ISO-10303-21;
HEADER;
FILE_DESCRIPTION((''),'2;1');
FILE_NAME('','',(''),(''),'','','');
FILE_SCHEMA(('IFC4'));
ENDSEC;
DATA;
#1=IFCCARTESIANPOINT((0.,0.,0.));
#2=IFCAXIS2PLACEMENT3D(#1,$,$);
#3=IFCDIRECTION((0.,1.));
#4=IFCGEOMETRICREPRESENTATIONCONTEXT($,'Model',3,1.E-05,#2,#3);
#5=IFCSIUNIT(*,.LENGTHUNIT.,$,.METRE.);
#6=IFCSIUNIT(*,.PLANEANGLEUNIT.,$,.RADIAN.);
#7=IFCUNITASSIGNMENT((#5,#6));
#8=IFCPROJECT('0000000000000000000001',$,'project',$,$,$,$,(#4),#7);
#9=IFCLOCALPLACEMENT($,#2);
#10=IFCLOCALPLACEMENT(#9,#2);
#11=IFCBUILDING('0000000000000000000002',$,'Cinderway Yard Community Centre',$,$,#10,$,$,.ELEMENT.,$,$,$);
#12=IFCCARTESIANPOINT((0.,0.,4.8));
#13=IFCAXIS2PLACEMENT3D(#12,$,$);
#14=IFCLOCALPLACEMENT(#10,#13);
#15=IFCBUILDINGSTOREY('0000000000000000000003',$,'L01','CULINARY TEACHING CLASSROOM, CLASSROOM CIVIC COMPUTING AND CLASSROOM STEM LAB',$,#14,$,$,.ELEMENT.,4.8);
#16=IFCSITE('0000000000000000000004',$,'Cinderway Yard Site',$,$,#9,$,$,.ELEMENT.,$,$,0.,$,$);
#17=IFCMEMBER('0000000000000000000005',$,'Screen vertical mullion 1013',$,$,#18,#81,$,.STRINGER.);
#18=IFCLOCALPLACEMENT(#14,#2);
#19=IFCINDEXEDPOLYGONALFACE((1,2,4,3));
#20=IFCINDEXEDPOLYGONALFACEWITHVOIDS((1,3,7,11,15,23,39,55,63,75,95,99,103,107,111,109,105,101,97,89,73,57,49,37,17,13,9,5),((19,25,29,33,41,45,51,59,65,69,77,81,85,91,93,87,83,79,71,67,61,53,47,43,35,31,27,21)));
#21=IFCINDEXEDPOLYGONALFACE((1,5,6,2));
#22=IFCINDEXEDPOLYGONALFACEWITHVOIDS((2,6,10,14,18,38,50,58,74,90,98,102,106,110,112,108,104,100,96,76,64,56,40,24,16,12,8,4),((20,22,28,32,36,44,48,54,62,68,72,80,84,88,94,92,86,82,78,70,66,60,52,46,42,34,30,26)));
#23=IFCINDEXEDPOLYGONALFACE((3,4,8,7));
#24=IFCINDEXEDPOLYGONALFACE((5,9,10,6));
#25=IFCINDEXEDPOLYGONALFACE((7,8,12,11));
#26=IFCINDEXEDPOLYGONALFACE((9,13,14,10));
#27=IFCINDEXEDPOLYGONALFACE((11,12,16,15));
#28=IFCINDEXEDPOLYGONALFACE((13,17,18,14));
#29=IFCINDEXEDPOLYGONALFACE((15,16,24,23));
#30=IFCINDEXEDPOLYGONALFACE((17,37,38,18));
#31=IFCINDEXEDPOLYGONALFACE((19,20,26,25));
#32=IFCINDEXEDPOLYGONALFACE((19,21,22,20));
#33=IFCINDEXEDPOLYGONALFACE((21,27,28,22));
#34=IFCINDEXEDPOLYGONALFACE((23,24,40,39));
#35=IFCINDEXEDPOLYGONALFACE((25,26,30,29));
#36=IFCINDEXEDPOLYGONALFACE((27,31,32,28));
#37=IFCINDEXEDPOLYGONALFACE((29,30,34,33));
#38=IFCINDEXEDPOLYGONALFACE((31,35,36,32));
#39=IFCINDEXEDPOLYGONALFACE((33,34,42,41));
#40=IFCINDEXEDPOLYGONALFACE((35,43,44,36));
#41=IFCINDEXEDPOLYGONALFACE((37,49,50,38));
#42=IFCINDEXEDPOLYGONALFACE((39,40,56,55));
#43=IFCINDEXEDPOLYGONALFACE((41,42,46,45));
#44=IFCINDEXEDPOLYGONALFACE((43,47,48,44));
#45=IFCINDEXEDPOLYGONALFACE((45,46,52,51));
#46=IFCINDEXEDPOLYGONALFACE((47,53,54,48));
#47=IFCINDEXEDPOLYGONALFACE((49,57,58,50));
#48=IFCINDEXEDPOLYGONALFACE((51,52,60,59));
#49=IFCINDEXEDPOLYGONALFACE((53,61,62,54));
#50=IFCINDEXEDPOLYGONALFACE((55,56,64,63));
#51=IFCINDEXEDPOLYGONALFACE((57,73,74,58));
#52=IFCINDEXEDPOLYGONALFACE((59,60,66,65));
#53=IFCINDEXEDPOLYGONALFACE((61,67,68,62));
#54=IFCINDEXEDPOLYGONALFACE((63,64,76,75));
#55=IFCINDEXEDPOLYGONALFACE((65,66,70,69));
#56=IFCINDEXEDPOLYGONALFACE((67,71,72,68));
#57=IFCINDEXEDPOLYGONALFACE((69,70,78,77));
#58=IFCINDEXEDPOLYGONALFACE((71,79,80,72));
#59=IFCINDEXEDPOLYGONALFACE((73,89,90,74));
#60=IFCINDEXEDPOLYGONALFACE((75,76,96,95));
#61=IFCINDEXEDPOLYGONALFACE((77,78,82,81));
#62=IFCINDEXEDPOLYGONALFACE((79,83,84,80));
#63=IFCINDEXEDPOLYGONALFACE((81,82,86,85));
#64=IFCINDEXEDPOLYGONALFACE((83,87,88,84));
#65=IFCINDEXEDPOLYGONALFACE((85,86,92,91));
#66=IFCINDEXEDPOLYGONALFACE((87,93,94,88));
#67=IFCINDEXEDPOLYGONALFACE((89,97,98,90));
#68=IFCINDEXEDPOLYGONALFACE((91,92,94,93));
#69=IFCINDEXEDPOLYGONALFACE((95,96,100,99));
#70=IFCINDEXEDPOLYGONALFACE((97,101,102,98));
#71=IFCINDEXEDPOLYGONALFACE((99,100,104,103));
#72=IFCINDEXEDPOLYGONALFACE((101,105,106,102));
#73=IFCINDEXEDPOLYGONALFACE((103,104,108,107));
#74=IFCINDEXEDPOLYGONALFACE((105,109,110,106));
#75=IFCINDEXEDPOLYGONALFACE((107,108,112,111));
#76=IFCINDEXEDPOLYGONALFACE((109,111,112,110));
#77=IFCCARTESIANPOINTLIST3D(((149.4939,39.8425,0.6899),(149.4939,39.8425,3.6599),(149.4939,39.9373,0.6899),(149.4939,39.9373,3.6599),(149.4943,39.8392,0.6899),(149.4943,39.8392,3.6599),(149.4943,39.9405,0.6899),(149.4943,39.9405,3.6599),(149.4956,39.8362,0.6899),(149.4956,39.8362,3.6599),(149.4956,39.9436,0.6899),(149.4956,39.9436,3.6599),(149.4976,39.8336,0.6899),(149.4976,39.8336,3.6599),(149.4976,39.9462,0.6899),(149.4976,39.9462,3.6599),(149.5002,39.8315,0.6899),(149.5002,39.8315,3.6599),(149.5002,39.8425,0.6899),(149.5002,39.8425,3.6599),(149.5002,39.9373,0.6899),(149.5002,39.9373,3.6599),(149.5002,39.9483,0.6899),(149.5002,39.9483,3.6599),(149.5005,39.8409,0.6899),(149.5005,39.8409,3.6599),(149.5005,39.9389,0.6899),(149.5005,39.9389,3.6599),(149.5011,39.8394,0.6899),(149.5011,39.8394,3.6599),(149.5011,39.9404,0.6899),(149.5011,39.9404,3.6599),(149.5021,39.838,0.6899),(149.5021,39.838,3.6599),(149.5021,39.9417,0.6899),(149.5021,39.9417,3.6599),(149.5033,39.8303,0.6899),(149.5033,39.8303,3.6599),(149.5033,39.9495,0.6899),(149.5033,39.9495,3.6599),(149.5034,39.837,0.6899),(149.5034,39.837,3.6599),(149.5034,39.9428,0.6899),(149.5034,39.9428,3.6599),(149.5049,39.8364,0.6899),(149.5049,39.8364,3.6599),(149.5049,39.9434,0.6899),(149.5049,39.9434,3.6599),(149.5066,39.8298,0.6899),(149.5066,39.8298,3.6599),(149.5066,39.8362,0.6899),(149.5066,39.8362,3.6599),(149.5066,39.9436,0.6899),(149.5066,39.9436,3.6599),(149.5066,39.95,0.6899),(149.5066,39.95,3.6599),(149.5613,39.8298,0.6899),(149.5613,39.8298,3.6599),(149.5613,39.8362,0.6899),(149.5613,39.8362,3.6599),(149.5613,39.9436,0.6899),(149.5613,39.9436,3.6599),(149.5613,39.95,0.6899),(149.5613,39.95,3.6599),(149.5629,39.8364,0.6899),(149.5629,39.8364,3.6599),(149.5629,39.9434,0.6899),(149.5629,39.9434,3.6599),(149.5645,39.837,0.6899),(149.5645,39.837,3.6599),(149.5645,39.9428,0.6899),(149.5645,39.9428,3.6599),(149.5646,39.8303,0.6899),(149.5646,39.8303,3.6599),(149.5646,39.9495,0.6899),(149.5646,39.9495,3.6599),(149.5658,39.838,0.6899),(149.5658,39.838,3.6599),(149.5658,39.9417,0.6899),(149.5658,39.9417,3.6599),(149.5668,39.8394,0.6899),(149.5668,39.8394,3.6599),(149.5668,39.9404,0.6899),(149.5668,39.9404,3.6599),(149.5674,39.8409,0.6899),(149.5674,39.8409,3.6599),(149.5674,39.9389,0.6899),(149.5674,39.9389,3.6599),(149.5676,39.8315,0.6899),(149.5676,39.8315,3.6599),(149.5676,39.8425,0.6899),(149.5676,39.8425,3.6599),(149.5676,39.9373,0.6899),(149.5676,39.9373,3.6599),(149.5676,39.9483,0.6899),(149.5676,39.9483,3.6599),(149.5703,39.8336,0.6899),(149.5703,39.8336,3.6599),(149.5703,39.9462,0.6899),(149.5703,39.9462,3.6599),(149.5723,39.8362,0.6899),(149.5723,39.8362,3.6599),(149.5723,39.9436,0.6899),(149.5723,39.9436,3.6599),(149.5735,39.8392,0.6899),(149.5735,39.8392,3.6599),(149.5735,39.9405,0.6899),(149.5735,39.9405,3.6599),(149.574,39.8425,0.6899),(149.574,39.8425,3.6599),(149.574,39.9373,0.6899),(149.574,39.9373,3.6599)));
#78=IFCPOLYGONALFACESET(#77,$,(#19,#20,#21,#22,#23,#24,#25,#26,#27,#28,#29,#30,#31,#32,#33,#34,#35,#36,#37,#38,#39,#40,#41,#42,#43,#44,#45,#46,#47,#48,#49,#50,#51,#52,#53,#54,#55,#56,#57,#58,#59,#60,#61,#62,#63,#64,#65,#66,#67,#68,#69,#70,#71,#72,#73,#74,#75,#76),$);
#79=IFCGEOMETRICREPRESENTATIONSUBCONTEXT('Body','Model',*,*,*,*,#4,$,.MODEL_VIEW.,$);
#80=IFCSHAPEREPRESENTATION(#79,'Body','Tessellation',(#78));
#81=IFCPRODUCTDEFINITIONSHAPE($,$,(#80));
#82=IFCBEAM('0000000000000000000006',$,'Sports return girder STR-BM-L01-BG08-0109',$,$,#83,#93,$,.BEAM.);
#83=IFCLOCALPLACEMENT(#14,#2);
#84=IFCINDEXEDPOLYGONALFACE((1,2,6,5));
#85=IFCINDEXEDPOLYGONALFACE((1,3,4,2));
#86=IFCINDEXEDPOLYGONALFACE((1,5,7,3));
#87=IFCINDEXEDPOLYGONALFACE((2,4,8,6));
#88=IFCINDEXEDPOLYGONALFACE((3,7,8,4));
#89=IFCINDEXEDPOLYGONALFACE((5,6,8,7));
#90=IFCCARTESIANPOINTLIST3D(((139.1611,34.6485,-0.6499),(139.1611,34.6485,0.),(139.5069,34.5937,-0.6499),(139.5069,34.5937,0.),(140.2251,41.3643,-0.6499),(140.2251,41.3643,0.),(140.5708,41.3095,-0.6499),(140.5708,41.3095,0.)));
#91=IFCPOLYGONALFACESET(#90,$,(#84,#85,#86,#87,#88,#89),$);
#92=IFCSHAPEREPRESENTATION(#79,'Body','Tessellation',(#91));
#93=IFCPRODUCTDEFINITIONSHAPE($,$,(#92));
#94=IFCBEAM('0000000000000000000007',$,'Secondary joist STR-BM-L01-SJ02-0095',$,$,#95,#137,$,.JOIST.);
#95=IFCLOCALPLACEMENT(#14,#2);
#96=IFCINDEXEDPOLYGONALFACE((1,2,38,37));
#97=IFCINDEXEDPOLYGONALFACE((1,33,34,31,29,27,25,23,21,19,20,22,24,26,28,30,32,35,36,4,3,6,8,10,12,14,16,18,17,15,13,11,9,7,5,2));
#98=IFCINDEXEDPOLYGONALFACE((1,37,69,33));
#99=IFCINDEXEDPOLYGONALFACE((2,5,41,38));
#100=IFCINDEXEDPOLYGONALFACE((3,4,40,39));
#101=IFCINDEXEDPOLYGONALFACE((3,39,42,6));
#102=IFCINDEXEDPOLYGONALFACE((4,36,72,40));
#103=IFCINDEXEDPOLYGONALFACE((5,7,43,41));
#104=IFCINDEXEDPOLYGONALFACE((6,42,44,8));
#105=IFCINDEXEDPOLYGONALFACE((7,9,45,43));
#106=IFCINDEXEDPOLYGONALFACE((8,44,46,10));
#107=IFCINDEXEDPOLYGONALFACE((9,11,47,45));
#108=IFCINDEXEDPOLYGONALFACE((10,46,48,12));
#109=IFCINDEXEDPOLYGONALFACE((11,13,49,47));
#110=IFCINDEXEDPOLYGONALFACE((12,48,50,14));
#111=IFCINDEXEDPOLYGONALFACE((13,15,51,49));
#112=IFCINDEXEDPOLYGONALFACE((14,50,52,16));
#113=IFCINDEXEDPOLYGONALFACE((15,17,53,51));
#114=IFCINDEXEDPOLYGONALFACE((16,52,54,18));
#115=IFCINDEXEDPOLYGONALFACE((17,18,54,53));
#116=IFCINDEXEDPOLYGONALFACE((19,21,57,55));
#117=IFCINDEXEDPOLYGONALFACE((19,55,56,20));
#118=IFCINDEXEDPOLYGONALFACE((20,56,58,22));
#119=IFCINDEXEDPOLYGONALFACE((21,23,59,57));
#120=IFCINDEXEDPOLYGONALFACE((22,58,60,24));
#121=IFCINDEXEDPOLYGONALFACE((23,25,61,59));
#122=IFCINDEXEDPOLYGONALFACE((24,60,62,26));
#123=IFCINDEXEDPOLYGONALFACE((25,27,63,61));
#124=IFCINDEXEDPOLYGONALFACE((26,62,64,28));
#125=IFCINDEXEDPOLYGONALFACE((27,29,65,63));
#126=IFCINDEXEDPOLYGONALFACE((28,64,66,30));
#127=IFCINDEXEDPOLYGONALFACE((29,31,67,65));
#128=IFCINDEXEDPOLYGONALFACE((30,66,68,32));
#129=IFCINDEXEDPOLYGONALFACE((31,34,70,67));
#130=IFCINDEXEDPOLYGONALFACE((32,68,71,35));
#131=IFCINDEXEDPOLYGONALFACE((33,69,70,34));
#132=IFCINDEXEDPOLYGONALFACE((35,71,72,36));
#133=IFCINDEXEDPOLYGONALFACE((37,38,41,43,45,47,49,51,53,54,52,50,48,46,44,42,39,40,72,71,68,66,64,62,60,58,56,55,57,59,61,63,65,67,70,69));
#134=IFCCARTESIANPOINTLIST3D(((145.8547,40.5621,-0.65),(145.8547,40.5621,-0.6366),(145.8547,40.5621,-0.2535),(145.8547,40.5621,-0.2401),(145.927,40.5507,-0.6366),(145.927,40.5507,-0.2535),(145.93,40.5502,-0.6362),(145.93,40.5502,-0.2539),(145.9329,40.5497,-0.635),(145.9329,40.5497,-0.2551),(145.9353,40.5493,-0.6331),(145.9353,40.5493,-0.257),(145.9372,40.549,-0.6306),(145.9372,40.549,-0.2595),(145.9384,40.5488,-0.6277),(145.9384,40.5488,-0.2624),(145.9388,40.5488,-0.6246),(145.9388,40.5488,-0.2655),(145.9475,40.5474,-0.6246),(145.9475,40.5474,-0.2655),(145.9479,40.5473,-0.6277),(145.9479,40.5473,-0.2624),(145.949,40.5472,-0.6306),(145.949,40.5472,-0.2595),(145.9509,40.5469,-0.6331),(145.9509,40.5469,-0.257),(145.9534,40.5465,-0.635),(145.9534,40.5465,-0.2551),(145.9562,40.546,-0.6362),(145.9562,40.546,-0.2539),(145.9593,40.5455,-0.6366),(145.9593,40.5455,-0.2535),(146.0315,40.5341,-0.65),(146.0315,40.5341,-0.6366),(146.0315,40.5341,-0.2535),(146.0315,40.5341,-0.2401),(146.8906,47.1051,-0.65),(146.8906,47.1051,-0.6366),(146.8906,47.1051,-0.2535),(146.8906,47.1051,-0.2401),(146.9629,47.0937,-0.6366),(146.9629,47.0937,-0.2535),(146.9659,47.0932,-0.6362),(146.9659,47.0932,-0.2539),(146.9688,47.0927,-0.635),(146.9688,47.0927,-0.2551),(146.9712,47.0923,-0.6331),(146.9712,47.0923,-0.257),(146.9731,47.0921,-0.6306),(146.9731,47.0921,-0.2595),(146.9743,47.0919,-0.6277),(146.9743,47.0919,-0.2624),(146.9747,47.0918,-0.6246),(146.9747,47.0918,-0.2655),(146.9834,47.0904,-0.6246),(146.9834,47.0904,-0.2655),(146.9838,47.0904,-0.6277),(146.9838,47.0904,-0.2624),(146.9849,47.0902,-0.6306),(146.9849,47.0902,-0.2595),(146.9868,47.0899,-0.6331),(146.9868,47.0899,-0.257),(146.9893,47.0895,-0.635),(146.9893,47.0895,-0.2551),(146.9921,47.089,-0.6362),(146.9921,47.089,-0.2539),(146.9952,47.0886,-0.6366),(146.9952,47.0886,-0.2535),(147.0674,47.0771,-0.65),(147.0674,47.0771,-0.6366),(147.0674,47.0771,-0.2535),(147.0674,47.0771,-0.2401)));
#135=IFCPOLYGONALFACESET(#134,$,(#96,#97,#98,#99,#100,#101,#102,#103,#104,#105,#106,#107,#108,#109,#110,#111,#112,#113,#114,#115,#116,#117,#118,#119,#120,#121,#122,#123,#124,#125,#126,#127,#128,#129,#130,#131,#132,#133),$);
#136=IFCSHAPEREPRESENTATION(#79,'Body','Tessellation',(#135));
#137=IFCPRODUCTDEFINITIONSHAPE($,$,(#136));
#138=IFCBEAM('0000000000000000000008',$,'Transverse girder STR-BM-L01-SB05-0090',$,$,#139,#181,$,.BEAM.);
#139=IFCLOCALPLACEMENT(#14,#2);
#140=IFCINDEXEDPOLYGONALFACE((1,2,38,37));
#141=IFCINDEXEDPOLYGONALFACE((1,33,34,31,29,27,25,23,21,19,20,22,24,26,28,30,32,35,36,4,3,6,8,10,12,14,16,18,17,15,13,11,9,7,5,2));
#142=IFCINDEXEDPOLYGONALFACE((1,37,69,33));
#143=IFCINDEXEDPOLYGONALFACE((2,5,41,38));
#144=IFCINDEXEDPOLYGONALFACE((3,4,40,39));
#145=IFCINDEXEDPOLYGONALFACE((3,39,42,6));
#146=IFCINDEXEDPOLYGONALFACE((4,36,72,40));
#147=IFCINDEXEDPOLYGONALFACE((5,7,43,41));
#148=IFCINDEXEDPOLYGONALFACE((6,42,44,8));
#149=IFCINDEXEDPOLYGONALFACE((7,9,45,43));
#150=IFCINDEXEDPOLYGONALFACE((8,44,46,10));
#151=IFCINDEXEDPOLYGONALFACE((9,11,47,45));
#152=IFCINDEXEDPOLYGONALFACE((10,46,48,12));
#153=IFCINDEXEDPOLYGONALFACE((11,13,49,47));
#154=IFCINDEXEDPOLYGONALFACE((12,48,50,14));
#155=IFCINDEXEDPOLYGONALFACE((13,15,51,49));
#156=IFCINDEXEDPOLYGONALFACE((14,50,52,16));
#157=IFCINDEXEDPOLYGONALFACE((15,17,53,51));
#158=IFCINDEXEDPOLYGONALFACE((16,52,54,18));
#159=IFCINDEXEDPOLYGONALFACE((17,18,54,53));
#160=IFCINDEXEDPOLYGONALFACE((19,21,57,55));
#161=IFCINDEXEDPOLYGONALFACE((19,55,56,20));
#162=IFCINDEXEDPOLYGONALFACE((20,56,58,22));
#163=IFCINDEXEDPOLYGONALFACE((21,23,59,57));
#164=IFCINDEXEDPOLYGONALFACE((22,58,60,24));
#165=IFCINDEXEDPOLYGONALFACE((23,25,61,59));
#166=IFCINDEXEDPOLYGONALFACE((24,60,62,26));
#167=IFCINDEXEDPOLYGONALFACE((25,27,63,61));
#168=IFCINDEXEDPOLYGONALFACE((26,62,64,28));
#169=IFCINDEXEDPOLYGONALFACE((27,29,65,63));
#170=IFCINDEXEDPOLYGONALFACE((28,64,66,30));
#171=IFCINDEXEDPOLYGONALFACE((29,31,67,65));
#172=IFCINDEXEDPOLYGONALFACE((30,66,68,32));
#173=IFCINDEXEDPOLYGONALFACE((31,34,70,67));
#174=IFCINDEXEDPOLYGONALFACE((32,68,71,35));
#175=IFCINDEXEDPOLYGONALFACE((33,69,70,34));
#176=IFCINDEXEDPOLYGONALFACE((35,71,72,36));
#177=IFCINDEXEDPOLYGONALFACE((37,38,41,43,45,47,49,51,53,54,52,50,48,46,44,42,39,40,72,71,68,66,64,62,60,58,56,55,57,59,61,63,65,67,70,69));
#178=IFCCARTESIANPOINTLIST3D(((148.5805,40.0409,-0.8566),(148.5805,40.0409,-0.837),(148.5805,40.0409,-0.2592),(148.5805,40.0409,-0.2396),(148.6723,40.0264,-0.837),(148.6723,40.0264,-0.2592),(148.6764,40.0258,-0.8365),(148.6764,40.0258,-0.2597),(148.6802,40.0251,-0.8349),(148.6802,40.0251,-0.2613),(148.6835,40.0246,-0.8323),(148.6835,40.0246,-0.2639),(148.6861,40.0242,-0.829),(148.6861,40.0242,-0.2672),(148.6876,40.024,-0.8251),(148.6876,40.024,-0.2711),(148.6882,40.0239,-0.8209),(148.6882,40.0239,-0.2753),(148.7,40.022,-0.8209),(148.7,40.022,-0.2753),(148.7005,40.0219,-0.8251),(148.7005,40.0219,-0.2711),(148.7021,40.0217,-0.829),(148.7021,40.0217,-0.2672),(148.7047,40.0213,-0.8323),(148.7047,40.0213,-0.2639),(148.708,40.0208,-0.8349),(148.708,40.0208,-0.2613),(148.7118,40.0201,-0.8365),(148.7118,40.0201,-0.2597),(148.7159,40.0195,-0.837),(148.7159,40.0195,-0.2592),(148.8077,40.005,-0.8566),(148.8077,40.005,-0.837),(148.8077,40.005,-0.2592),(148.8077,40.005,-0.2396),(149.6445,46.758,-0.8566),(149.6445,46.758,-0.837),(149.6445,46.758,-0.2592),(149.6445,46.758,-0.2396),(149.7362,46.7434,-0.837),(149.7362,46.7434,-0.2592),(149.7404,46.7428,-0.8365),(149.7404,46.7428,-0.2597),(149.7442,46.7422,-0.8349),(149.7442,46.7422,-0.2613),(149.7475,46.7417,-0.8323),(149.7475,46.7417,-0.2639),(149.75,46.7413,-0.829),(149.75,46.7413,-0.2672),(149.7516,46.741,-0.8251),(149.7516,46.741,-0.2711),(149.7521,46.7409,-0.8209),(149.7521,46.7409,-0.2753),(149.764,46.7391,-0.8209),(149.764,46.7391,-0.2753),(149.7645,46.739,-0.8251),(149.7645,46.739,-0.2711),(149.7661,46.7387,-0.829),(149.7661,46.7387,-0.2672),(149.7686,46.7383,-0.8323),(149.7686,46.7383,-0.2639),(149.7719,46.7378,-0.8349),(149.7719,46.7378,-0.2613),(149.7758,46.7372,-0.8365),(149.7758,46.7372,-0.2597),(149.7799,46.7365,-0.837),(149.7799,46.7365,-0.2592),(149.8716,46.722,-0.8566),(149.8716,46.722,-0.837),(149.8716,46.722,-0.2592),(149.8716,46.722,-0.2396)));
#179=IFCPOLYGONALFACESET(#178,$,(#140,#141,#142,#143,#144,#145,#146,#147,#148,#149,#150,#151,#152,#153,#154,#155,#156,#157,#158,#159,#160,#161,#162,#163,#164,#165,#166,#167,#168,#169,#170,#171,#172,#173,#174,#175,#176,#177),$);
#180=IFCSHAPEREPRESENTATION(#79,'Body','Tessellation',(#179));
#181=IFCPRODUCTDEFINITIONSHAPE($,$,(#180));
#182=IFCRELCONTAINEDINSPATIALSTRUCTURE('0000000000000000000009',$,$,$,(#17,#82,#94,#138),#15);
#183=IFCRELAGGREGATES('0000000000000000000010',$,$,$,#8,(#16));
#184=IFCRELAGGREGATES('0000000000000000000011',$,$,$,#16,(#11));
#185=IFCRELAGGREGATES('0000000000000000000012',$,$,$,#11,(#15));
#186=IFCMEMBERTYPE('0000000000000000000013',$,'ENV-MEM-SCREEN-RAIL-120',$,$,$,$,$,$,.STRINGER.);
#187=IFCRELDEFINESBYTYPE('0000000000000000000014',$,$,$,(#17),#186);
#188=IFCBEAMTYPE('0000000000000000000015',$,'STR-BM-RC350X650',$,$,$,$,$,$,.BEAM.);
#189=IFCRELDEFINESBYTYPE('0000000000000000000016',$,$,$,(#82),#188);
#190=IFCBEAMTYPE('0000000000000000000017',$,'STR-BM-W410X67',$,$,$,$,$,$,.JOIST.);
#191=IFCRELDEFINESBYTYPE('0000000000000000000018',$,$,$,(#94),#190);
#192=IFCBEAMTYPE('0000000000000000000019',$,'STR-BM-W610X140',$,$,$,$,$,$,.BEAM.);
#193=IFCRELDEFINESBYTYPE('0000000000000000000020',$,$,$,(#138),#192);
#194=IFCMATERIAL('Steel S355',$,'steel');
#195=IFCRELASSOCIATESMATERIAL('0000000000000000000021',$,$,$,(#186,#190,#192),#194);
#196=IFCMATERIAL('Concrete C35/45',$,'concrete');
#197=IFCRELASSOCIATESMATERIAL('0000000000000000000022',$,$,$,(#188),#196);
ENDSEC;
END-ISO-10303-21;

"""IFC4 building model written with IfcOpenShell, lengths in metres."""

from ifc_helpers import new_model, si_unit, direction, frame, origin, origin_2d, place, context, subcontext, project, spatial, rectangle, hollow_rectangle, i_section, extrude, material, material_profile, profile_set, type_object, element, save


model = new_model("IFC4")

# Units and contexts
model_context = context("Model", 3, precision=1e-05, world=origin(), true_north=direction((0.0, 1.0)))
body_context = subcontext(model_context, "Body", "Model", "MODEL_VIEW")
ifc_project = project(units=[si_unit("LENGTHUNIT", "METRE"), si_unit("PLANEANGLEUNIT", "RADIAN")], contexts=[model_context])

# Site, building, storey
site_placement = place(None, origin())
site = spatial("IfcSite", under=ifc_project, at=site_placement, Name="Cinderway Yard Site", CompositionType="ELEMENT", RefElevation=0.0)
building_placement = place(site_placement, origin())
building = spatial("IfcBuilding", under=site, at=building_placement, Name="Cinderway Yard Community Centre", CompositionType="ELEMENT")
storey_placement = place(building_placement, frame((0.0, 0.0, 4.8)))
storey = spatial("IfcBuildingStorey", under=building, at=storey_placement, Name="L01", Description="CULINARY TEACHING CLASSROOM, CLASSROOM CIVIC COMPUTING AND CLASSROOM STEM LAB", CompositionType="ELEMENT", Elevation=4.8)

# Member
ifc_material_1 = material(Name="Steel S355", Category="steel")
ifc_material_profile_1 = material_profile(ifc_material_1, hollow_rectangle(XDim=0.0801, YDim=0.1201, WallThickness=0.0063, InnerFilletRadius=0.0063, OuterFilletRadius=0.0127, at=origin_2d()), Name="Steel S355")
ifc_profile_set_1 = profile_set([ifc_material_profile_1], Name="Steel S355")
member_type_1 = type_object("IfcMemberType", Name="ENV-MEM-SCREEN-RAIL-120", PredefinedType="STRINGER", material=ifc_profile_set_1)
member_placement = place(storey_placement, frame((149.5339, 39.8899, 0.6899), z_axis=(0.0, 0.0, 1.0), x_axis=(1.0, 0.0, 0.0)))
element("IfcMember", 1, at=member_placement, inside=storey, type_object=member_type_1, Name="Screen vertical mullion 1013", PredefinedType="STRINGER", context=body_context, shape_type="SweptSolid", body=[
    extrude(hollow_rectangle(XDim=0.0801, YDim=0.1201, WallThickness=0.0063, InnerFilletRadius=0.0063, OuterFilletRadius=0.0127, at=origin_2d()), origin(), (0.0, 0.0, 1.0), 2.97),
])

# Beams
ifc_material_2 = material(Name="Concrete C35/45", Category="concrete")
ifc_material_profile_2 = material_profile(ifc_material_2, rectangle(XDim=0.3501, YDim=0.6499, at=origin_2d()), Name="Concrete C35/45")
ifc_profile_set_2 = profile_set([ifc_material_profile_2], Name="Concrete C35/45")
beam_type_1 = type_object("IfcBeamType", Name="STR-BM-RC350X650", PredefinedType="BEAM", material=ifc_profile_set_2)
beam_1_placement = place(storey_placement, frame((139.334, 34.6211, -0.325), z_axis=(0.156475, 0.987682, 0.0), x_axis=(-0.987682, 0.156475, 0.0)))
element("IfcBeam", 2, at=beam_1_placement, inside=storey, type_object=beam_type_1, Name="Sports return girder STR-BM-L01-BG08-0109", PredefinedType="BEAM", context=body_context, shape_type="SweptSolid", body=[
    extrude(rectangle(XDim=0.3501, YDim=0.6499, at=origin_2d()), origin(), (0.0, 0.0, 1.0), 6.7996),
])
ifc_material_profile_3 = material_profile(ifc_material_1, i_section(OverallWidth=0.179, OverallDepth=0.4099, WebThickness=0.0088, FlangeThickness=0.0134, FilletRadius=0.012, at=origin_2d()), Name="Steel S355")
ifc_profile_set_3 = profile_set([ifc_material_profile_3], Name="Steel S355")
beam_type_2 = type_object("IfcBeamType", Name="STR-BM-W410X67", PredefinedType="JOIST", material=ifc_profile_set_3)
beam_2_placement = place(storey_placement, frame((145.9431, 40.5481, -0.4451), z_axis=(0.156373, 0.987698, 0.0), x_axis=(-0.987698, 0.156373, 0.0)))
element("IfcBeam", 3, at=beam_2_placement, inside=storey, type_object=beam_type_2, Name="Secondary joist STR-BM-L01-SJ02-0095", PredefinedType="JOIST", context=body_context, shape_type="SweptSolid", body=[
    extrude(i_section(OverallWidth=0.179, OverallDepth=0.4099, WebThickness=0.0088, FlangeThickness=0.0134, FilletRadius=0.012, at=origin_2d()), origin(), (0.0, 0.0, 1.0), 6.6245),
])
ifc_material_profile_4 = material_profile(ifc_material_1, i_section(OverallWidth=0.23, OverallDepth=0.6169, WebThickness=0.012, FlangeThickness=0.0195, FilletRadius=0.0161, at=origin_2d()), Name="Steel S355")
ifc_profile_set_4 = profile_set([ifc_material_profile_4], Name="Steel S355")
beam_type_3 = type_object("IfcBeamType", Name="STR-BM-W610X140", PredefinedType="BEAM", material=ifc_profile_set_4)
beam_3_placement = place(storey_placement, frame((148.6941, 40.0229, -0.5481), z_axis=(0.156447, 0.987686, 0.0), x_axis=(-0.987686, 0.156447, 0.0)))
element("IfcBeam", 4, at=beam_3_placement, inside=storey, type_object=beam_type_3, Name="Transverse girder STR-BM-L01-SB05-0090", PredefinedType="BEAM", context=body_context, shape_type="SweptSolid", body=[
    extrude(i_section(OverallWidth=0.23, OverallDepth=0.6169, WebThickness=0.012, FlangeThickness=0.0195, FilletRadius=0.0161, at=origin_2d()), origin(), (0.0, 0.0, 1.0), 6.8008),
])

save(model, "model.ifc")
